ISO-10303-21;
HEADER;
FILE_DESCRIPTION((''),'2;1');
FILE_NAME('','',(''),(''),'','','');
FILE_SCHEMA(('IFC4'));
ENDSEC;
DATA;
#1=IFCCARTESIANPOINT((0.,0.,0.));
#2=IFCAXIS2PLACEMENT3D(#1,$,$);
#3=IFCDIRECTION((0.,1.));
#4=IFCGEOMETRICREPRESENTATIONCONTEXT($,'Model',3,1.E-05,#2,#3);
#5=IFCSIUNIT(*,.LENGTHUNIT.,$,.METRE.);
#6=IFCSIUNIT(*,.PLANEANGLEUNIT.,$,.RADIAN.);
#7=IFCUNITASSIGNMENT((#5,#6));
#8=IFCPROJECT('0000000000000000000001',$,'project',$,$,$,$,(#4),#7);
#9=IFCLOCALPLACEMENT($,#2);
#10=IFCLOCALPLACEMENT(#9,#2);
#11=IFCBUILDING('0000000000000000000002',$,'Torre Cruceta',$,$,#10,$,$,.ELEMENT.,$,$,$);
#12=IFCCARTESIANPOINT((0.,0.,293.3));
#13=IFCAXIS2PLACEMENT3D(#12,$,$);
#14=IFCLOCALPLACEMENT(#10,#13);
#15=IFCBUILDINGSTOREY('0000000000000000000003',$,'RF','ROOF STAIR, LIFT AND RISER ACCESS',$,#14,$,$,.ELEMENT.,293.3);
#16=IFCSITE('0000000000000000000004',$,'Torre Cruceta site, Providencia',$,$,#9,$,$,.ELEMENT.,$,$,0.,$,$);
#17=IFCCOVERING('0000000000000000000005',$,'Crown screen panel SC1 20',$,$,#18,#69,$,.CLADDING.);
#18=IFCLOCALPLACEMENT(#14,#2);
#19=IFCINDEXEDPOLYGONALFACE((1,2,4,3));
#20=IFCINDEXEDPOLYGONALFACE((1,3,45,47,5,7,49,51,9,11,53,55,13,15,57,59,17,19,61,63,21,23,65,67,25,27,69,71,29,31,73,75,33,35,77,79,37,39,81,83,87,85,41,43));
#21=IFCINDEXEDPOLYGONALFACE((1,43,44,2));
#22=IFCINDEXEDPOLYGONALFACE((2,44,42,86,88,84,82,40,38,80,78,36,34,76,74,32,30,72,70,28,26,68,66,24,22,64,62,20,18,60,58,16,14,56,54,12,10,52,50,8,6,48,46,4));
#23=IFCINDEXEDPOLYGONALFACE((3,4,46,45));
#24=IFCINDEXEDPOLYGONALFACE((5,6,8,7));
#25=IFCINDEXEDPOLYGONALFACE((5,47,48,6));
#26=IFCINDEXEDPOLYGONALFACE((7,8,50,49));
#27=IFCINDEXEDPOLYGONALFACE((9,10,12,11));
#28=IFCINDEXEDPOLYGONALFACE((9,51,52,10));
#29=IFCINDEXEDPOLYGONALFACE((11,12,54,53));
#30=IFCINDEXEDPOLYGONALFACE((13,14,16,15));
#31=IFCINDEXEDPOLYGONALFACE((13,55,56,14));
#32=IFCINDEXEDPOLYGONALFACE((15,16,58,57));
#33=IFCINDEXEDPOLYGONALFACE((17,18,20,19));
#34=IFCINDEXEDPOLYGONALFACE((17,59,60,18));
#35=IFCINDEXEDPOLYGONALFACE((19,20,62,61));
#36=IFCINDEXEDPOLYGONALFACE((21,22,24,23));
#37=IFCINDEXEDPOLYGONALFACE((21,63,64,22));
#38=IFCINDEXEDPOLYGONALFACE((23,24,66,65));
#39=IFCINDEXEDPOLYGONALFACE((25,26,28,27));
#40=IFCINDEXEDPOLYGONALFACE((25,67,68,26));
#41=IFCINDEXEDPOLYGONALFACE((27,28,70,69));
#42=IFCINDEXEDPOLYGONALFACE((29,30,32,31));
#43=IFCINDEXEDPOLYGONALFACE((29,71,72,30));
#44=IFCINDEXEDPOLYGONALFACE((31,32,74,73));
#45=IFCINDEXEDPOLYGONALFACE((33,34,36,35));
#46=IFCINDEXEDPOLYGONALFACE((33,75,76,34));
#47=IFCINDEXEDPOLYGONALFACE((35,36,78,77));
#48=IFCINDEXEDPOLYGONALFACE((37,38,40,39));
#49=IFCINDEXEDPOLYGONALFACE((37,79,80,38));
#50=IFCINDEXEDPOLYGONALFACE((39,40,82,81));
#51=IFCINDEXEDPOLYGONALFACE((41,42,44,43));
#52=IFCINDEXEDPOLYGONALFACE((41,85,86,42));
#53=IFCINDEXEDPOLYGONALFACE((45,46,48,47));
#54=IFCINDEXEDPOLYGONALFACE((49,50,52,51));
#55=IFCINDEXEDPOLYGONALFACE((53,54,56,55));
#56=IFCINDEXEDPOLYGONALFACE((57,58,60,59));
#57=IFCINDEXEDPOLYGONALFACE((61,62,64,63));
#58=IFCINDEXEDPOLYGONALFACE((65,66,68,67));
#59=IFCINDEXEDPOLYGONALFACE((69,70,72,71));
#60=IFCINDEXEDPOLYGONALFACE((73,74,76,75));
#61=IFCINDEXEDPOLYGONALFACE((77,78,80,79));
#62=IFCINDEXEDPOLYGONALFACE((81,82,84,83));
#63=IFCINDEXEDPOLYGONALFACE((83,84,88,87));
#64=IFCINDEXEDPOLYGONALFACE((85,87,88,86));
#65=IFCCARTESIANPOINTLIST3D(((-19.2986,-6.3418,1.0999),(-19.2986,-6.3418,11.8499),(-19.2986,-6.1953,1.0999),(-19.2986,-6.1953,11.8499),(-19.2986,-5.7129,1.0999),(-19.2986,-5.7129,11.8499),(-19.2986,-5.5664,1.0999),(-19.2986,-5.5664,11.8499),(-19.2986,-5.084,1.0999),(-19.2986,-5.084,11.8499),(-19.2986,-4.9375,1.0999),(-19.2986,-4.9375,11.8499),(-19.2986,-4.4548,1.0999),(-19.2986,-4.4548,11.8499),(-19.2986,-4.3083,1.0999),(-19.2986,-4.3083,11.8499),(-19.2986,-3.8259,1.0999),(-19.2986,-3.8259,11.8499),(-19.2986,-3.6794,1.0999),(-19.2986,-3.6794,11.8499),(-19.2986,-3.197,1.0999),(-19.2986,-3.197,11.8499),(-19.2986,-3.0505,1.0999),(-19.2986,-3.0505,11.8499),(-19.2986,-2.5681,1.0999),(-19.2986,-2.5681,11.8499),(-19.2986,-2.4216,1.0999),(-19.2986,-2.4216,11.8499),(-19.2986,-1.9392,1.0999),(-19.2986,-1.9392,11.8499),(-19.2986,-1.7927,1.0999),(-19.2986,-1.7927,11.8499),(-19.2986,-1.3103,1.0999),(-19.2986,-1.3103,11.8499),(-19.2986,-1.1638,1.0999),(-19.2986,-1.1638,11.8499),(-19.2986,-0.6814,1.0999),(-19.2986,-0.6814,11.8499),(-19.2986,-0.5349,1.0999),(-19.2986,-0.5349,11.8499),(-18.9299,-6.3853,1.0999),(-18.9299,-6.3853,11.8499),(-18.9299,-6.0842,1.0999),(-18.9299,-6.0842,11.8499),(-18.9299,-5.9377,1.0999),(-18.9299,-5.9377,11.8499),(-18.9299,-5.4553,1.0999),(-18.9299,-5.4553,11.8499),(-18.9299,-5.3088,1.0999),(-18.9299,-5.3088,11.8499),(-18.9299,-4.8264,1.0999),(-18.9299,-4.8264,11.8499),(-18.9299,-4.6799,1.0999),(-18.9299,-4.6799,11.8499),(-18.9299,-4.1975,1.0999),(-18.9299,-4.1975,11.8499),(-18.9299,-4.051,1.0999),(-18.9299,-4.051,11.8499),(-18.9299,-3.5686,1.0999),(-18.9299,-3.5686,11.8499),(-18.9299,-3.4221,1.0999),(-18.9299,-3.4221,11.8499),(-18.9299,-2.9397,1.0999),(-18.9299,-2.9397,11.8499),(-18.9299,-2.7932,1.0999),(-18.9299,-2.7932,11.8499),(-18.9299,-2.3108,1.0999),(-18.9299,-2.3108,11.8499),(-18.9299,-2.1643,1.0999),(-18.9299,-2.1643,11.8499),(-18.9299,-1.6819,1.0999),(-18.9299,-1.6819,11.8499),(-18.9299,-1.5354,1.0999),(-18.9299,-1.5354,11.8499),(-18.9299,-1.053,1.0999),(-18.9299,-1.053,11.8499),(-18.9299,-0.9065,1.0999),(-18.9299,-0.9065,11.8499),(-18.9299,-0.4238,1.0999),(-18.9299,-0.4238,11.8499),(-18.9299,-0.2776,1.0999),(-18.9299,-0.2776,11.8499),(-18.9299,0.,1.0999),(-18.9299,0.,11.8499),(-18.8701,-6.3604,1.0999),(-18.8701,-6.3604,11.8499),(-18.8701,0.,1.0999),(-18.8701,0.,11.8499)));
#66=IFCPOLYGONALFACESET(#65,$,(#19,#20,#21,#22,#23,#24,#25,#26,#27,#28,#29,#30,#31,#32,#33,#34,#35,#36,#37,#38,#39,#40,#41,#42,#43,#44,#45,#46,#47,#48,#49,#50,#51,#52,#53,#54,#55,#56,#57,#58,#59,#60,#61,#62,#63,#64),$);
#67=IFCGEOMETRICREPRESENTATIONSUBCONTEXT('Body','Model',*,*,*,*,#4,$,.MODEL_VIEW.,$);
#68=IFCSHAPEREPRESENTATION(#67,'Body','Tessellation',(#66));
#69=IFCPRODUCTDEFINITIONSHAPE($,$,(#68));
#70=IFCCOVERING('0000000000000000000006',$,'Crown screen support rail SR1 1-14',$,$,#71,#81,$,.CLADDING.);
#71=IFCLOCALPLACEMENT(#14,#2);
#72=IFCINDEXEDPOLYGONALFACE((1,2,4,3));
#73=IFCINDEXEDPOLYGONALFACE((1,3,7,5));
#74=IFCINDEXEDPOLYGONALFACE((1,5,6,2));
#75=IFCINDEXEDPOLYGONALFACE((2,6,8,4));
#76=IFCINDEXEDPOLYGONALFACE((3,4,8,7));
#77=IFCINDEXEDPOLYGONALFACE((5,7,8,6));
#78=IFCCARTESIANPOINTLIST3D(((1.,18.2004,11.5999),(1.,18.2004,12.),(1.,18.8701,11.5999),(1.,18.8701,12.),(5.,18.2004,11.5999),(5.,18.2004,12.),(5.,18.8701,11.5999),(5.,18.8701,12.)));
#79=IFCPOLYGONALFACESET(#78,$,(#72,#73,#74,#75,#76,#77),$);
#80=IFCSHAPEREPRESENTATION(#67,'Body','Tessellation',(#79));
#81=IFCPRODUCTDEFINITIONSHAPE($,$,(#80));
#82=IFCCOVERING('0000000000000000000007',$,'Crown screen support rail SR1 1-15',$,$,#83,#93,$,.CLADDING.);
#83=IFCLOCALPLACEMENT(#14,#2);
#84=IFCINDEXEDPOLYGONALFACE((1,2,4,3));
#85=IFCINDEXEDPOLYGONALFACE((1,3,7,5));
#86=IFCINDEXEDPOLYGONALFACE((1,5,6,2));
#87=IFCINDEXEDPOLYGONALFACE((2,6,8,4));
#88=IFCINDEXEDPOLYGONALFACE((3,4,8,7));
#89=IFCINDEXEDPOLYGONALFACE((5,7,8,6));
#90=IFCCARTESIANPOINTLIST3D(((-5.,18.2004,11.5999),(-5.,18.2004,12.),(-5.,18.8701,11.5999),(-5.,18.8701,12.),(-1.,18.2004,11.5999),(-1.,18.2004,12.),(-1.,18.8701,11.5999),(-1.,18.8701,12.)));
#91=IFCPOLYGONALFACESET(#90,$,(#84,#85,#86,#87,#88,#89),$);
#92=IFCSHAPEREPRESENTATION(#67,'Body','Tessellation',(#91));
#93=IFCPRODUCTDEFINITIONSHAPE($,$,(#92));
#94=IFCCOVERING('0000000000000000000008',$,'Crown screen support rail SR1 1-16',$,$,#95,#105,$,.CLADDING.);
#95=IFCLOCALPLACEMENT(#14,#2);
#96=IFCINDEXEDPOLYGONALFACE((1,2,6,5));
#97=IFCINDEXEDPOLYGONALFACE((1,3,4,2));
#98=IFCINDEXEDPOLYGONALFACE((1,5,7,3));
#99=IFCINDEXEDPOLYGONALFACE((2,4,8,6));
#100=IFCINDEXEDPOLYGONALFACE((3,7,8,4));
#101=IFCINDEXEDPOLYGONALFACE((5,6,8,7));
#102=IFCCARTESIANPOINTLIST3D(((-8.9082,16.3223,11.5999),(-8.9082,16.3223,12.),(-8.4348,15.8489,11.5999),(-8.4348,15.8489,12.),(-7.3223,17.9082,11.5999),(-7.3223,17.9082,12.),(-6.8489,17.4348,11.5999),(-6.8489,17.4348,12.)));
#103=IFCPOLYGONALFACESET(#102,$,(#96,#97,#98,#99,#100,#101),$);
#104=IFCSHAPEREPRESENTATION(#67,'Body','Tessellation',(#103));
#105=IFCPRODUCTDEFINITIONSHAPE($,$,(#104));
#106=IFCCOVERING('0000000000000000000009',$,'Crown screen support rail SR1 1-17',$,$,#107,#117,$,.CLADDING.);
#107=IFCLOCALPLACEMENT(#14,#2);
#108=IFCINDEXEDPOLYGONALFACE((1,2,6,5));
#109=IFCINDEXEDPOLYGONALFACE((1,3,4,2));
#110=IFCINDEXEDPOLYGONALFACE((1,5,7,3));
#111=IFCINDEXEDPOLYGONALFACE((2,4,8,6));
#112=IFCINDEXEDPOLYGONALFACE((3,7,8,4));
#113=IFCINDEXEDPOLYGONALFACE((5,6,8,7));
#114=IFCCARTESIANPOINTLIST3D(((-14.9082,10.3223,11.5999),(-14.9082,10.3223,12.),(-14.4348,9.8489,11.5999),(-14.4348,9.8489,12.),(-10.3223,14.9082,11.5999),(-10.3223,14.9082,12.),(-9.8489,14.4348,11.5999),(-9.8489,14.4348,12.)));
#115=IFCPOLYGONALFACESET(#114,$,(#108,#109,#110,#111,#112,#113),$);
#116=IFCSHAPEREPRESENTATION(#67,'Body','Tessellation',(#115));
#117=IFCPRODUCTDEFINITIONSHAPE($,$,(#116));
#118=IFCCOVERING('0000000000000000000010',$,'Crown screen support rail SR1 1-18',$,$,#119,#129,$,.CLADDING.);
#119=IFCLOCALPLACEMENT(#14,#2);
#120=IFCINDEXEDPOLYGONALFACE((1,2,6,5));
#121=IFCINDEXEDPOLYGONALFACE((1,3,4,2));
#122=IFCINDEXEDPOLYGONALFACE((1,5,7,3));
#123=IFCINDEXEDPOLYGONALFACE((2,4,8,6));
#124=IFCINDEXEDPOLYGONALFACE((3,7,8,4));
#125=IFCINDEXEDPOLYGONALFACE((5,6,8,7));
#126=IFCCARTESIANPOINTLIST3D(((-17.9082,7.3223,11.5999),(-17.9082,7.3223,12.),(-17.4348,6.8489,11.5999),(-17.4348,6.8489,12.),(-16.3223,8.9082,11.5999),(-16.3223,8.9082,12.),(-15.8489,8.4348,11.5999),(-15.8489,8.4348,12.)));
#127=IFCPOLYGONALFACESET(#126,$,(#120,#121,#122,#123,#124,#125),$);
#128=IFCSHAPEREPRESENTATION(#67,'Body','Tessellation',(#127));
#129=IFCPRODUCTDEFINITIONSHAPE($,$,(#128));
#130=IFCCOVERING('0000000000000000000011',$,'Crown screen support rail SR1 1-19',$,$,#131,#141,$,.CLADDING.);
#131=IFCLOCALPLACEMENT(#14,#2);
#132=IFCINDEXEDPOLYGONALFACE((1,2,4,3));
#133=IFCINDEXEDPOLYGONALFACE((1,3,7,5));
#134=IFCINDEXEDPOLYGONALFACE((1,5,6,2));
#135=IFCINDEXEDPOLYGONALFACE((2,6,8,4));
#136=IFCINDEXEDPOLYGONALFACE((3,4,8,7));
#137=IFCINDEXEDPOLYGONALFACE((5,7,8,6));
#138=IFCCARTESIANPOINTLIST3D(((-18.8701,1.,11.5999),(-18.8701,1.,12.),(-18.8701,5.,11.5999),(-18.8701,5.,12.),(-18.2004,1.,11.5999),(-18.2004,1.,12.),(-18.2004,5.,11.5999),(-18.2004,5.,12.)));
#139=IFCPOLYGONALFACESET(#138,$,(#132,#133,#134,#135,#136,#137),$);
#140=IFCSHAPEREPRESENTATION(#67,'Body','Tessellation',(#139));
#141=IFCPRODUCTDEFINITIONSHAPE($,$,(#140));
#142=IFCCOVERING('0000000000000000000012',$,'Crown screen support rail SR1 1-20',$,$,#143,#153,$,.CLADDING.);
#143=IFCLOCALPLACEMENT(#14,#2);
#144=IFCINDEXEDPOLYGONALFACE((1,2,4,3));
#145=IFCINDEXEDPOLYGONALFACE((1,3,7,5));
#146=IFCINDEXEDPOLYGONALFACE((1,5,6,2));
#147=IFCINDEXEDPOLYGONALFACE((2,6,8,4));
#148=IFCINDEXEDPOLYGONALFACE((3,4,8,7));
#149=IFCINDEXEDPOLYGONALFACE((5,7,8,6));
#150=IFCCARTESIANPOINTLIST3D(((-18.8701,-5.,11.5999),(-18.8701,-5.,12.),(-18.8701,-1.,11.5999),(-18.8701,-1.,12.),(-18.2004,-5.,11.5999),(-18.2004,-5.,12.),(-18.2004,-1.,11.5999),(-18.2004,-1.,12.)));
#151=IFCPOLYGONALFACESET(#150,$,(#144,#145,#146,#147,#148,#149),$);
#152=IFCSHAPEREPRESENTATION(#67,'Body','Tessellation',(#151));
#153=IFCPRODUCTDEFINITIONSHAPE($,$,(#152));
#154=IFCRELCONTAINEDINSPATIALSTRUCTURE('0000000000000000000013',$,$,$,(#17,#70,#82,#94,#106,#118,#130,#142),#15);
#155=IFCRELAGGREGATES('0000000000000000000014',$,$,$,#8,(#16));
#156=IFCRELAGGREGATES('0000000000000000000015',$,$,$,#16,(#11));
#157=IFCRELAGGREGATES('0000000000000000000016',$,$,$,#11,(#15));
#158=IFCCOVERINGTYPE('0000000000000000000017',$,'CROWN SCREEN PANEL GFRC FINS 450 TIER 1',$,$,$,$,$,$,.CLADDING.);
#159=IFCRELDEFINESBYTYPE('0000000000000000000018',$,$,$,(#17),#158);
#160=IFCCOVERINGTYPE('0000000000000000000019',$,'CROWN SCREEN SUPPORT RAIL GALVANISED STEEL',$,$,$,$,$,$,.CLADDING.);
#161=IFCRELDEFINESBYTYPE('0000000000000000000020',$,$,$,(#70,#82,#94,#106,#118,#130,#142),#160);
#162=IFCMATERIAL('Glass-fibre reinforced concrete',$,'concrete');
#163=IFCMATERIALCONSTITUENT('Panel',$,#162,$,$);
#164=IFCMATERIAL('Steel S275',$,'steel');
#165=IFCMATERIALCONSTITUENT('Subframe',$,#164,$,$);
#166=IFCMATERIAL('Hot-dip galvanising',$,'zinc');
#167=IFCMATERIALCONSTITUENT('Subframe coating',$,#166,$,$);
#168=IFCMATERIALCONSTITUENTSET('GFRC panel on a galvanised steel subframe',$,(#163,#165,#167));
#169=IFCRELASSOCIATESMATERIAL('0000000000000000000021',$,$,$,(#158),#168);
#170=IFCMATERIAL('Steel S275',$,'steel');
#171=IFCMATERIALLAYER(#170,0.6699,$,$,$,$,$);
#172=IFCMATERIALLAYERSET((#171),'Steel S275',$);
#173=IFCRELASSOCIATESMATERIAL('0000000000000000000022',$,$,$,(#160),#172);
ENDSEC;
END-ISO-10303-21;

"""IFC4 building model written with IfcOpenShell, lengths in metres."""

from ifc_helpers import new_model, si_unit, direction, frame, origin, place, context, subcontext, project, spatial, polyline, outline, extrude, material, layer, layer_set, constituent, constituent_set, type_object, element, save


model = new_model("IFC4")

# Units and contexts
model_context = context("Model", 3, precision=1e-05, world=origin(), true_north=direction((0.0, 1.0)))
body_context = subcontext(model_context, "Body", "Model", "MODEL_VIEW")
ifc_project = project(units=[si_unit("LENGTHUNIT", "METRE"), si_unit("PLANEANGLEUNIT", "RADIAN")], contexts=[model_context])

# Site, building, storey
site_placement = place(None, origin())
site = spatial("IfcSite", under=ifc_project, at=site_placement, Name="Torre Cruceta site, Providencia", CompositionType="ELEMENT", RefElevation=0.0)
building_placement = place(site_placement, origin())
building = spatial("IfcBuilding", under=site, at=building_placement, Name="Torre Cruceta", CompositionType="ELEMENT")
storey_placement = place(building_placement, frame((0.0, 0.0, 293.3)))
storey = spatial("IfcBuildingStorey", under=building, at=storey_placement, Name="RF", Description="ROOF STAIR, LIFT AND RISER ACCESS", CompositionType="ELEMENT", Elevation=293.3)

# Coverings
ifc_material_1 = material(Name="Glass-fibre reinforced concrete", Category="concrete")
ifc_constituent_1 = constituent(ifc_material_1, Name="Panel")
ifc_material_2 = material(Name="Steel S275", Category="steel")
ifc_constituent_2 = constituent(ifc_material_2, Name="Subframe")
ifc_material_3 = material(Name="Hot-dip galvanising", Category="zinc")
ifc_constituent_3 = constituent(ifc_material_3, Name="Subframe coating")
ifc_constituent_set = constituent_set(constituents=[ifc_constituent_1, ifc_constituent_2, ifc_constituent_3], Name="GFRC panel on a galvanised steel subframe")
covering_type_1 = type_object("IfcCoveringType", Name="CROWN SCREEN PANEL GFRC FINS 450 TIER 1", PredefinedType="CLADDING", material=ifc_constituent_set)
covering_1_placement = place(storey_placement, frame((0.0, 0.0, 1.0999)))
element("IfcCovering", 1, at=covering_1_placement, inside=storey, type_object=covering_type_1, Name="Crown screen panel SC1 20", PredefinedType="CLADDING", context=body_context, shape_type="SweptSolid", body=[
    extrude(outline(polyline([(-19.2986, -3.8259), (-18.9299, -3.5686), (-18.9299, -4.051), (-19.2986, -4.3083), (-19.2986, -4.4548), (-18.9299, -4.1975), (-18.9299, -4.6799), (-19.2986, -4.9375), (-19.2986, -5.084), (-18.9299, -4.8264), (-18.9299, -5.3088), (-19.2986, -5.5664), (-19.2986, -5.7129), (-18.9299, -5.4553), (-18.9299, -5.9377), (-19.2986, -6.1953), (-19.2986, -6.3418), (-18.9299, -6.0842), (-18.9299, -6.3853), (-18.8701, -6.3604), (-18.8701, 0.0), (-18.9299, 0.0), (-18.9299, -0.2776), (-19.2986, -0.5349), (-19.2986, -0.6814), (-18.9299, -0.4238), (-18.9299, -0.9065), (-19.2986, -1.1638), (-19.2986, -1.3103), (-18.9299, -1.053), (-18.9299, -1.5354), (-19.2986, -1.7927), (-19.2986, -1.9392), (-18.9299, -1.6819), (-18.9299, -2.1643), (-19.2986, -2.4216), (-19.2986, -2.5681), (-18.9299, -2.3108), (-18.9299, -2.7932), (-19.2986, -3.0505), (-19.2986, -3.197), (-18.9299, -2.9397), (-18.9299, -3.4221), (-19.2986, -3.6794), (-19.2986, -3.8259)])), origin(), (0.0, 0.0, 1.0), 10.75),
])
ifc_material_4 = material(Name="Steel S275", Category="steel")
ifc_layer_1 = layer(ifc_material_4, 0.6699)
ifc_layer_set_1 = layer_set([ifc_layer_1], Name="Steel S275")
covering_type_2 = type_object("IfcCoveringType", Name="CROWN SCREEN SUPPORT RAIL GALVANISED STEEL", PredefinedType="CLADDING", material=ifc_layer_set_1)
covering_2_placement = place(storey_placement, frame((0.0, 0.0, 11.5999)))
element("IfcCovering", 2, at=covering_2_placement, inside=storey, type_object=covering_type_2, Name="Crown screen support rail SR1 1-14", PredefinedType="CLADDING", context=body_context, shape_type="SweptSolid", body=[
    extrude(outline(polyline([(5.0, 18.8701), (1.0, 18.8701), (1.0, 18.2004), (5.0, 18.2004), (5.0, 18.8701)])), origin(), (0.0, 0.0, 1.0), 0.4001),
])
covering_3_placement = place(storey_placement, frame((0.0, 0.0, 11.5999)))
element("IfcCovering", 3, at=covering_3_placement, inside=storey, type_object=covering_type_2, Name="Crown screen support rail SR1 1-15", PredefinedType="CLADDING", context=body_context, shape_type="SweptSolid", body=[
    extrude(outline(polyline([(-1.0, 18.8701), (-5.0, 18.8701), (-5.0, 18.2004), (-1.0, 18.2004), (-1.0, 18.8701)])), origin(), (0.0, 0.0, 1.0), 0.4001),
])
covering_4_placement = place(storey_placement, frame((0.0, 0.0, 11.5999)))
element("IfcCovering", 4, at=covering_4_placement, inside=storey, type_object=covering_type_2, Name="Crown screen support rail SR1 1-16", PredefinedType="CLADDING", context=body_context, shape_type="SweptSolid", body=[
    extrude(outline(polyline([(-7.3223, 17.9082), (-8.9082, 16.3223), (-8.4348, 15.8489), (-6.8489, 17.4348), (-7.3223, 17.9082)])), origin(), (0.0, 0.0, 1.0), 0.4001),
])
covering_5_placement = place(storey_placement, frame((0.0, 0.0, 11.5999)))
element("IfcCovering", 5, at=covering_5_placement, inside=storey, type_object=covering_type_2, Name="Crown screen support rail SR1 1-17", PredefinedType="CLADDING", context=body_context, shape_type="SweptSolid", body=[
    extrude(outline(polyline([(-10.3223, 14.9082), (-14.9082, 10.3223), (-14.4348, 9.8489), (-9.8489, 14.4348), (-10.3223, 14.9082)])), origin(), (0.0, 0.0, 1.0), 0.4001),
])
covering_6_placement = place(storey_placement, frame((0.0, 0.0, 11.5999)))
element("IfcCovering", 6, at=covering_6_placement, inside=storey, type_object=covering_type_2, Name="Crown screen support rail SR1 1-18", PredefinedType="CLADDING", context=body_context, shape_type="SweptSolid", body=[
    extrude(outline(polyline([(-16.3223, 8.9082), (-17.9082, 7.3223), (-17.4348, 6.8489), (-15.8489, 8.4348), (-16.3223, 8.9082)])), origin(), (0.0, 0.0, 1.0), 0.4001),
])
covering_7_placement = place(storey_placement, frame((0.0, 0.0, 11.5999)))
element("IfcCovering", 7, at=covering_7_placement, inside=storey, type_object=covering_type_2, Name="Crown screen support rail SR1 1-19", PredefinedType="CLADDING", context=body_context, shape_type="SweptSolid", body=[
    extrude(outline(polyline([(-18.8701, 5.0), (-18.8701, 1.0), (-18.2004, 1.0), (-18.2004, 5.0), (-18.8701, 5.0)])), origin(), (0.0, 0.0, 1.0), 0.4001),
])
covering_8_placement = place(storey_placement, frame((0.0, 0.0, 11.5999)))
element("IfcCovering", 8, at=covering_8_placement, inside=storey, type_object=covering_type_2, Name="Crown screen support rail SR1 1-20", PredefinedType="CLADDING", context=body_context, shape_type="SweptSolid", body=[
    extrude(outline(polyline([(-18.8701, -1.0), (-18.8701, -5.0), (-18.2004, -5.0), (-18.2004, -1.0), (-18.8701, -1.0)])), origin(), (0.0, 0.0, 1.0), 0.4001),
])

save(model, "model.ifc")
